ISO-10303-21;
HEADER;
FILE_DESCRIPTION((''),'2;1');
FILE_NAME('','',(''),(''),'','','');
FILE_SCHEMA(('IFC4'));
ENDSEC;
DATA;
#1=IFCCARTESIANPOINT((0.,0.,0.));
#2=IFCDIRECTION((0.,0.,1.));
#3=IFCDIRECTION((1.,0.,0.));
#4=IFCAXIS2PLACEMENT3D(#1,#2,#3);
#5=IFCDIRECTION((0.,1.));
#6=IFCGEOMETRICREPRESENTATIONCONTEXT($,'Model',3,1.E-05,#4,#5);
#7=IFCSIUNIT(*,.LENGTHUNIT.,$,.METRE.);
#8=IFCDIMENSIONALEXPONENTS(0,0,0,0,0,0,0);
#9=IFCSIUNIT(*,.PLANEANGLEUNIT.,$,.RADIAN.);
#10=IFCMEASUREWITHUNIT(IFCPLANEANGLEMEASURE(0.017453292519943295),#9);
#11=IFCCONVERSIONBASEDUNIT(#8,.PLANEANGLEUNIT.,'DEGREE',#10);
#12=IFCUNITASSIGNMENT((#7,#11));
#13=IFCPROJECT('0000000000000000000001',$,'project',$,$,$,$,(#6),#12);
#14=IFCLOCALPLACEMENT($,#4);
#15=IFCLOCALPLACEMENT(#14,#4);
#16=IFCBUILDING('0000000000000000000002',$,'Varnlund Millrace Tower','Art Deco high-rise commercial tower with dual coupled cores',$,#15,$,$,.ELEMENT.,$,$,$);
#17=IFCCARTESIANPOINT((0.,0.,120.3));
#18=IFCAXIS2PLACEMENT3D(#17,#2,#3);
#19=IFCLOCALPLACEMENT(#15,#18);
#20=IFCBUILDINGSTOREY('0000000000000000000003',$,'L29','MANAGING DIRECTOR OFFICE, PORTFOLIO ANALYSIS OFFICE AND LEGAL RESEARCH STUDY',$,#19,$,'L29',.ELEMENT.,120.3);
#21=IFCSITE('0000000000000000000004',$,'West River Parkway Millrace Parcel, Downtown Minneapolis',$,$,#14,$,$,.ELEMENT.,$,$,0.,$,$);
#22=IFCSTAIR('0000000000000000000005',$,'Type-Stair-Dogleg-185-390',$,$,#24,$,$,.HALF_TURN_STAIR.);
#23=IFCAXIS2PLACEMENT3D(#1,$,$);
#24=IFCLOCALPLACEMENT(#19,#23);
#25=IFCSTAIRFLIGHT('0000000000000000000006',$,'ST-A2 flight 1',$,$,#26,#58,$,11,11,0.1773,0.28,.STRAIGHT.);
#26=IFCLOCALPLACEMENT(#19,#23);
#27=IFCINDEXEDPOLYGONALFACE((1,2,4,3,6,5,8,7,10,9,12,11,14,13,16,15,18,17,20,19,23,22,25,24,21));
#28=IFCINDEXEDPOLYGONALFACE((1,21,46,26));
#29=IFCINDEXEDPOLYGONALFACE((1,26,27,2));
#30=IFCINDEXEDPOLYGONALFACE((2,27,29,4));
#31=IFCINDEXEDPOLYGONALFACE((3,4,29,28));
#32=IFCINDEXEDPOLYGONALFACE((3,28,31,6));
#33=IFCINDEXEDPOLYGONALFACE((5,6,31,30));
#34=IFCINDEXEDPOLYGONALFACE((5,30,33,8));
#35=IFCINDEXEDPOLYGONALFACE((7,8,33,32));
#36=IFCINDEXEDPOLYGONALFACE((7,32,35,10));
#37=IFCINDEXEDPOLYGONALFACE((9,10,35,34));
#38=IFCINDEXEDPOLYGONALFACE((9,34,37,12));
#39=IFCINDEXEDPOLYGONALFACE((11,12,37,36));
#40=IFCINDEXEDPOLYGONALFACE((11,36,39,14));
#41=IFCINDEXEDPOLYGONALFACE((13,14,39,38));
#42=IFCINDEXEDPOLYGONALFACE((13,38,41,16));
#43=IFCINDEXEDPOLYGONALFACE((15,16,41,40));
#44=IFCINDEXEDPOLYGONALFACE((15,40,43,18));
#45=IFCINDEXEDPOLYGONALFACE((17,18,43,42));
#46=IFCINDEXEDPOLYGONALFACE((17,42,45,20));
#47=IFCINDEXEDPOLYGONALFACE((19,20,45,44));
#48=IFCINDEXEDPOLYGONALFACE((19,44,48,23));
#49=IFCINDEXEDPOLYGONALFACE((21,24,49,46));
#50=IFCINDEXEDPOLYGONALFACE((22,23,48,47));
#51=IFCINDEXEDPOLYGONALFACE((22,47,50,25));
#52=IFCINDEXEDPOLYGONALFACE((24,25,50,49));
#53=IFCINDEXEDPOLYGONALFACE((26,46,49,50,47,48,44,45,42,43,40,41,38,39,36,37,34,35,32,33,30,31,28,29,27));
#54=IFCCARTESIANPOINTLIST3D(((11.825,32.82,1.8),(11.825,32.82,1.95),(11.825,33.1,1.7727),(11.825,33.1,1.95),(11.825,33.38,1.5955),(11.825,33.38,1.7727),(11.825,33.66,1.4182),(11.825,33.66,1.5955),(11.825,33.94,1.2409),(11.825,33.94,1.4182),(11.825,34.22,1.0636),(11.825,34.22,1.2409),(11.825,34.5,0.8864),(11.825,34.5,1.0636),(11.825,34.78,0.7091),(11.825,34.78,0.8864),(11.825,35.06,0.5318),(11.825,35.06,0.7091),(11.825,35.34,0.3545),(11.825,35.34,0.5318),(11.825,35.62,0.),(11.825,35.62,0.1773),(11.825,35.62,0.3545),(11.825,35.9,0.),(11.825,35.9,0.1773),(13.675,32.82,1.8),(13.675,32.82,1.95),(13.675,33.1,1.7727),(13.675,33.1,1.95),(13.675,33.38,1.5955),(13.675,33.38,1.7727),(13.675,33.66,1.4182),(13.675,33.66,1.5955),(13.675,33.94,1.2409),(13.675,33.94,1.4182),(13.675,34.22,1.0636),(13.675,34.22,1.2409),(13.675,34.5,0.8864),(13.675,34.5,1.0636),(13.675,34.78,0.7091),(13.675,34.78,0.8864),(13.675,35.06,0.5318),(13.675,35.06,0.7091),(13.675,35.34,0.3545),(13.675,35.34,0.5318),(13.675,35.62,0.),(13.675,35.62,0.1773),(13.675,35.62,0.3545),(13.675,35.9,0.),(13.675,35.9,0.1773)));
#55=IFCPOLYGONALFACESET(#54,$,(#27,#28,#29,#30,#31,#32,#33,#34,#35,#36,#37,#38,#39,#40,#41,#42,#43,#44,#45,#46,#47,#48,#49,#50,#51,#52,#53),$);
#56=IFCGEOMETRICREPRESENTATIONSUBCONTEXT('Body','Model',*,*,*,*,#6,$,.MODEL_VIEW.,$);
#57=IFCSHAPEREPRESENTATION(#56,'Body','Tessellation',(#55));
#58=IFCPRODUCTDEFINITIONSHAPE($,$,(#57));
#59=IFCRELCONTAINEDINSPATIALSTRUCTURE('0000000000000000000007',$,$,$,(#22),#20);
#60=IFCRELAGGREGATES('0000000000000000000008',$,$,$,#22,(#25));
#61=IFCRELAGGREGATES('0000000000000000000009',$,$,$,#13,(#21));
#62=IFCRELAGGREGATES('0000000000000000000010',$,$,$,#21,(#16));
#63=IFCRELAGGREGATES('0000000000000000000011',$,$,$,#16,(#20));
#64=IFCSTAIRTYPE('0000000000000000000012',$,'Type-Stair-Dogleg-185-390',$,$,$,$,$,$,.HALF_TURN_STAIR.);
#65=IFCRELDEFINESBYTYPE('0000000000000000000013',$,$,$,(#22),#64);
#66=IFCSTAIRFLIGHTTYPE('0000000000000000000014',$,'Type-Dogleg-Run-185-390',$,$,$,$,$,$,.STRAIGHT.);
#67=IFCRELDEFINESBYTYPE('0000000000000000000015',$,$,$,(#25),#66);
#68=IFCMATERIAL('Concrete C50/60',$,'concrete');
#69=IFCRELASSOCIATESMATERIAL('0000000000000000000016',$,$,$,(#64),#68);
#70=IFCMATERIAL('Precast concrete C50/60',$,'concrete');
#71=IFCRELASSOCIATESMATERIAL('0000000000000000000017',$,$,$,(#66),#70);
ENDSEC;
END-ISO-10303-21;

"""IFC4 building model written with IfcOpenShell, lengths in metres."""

from ifc_helpers import new_model, entity, si_unit, converted_unit, direction, frame, origin_with_axes, place, context, subcontext, project, spatial, polyline, outline, extrude, material, type_object, element, aggregate, save


model = new_model("IFC4")

# Units and contexts
model_context = context("Model", 3, precision=1e-05, world=origin_with_axes(), true_north=direction((0.0, 1.0)))
body_context = subcontext(model_context, "Body", "Model", "MODEL_VIEW")
ifc_project = project(units=[si_unit("LENGTHUNIT", "METRE"), converted_unit("PLANEANGLEUNIT", "DEGREE", entity("IfcPlaneAngleMeasure", 0.017453292519943295), si_unit("PLANEANGLEUNIT", "RADIAN"), dimensions=[0, 0, 0, 0, 0, 0, 0])], contexts=[model_context])

# Site, building, storey
site_placement = place(None, origin_with_axes())
site = spatial("IfcSite", under=ifc_project, at=site_placement, Name="West River Parkway Millrace Parcel, Downtown Minneapolis", CompositionType="ELEMENT", RefElevation=0.0)
building_placement = place(site_placement, origin_with_axes())
building = spatial("IfcBuilding", under=site, at=building_placement, Name="Varnlund Millrace Tower", Description="Art Deco high-rise commercial tower with dual coupled cores", CompositionType="ELEMENT")
storey_placement = place(building_placement, frame((0.0, 0.0, 120.3), z_axis=(0.0, 0.0, 1.0), x_axis=(1.0, 0.0, 0.0)))
storey = spatial("IfcBuildingStorey", under=building, at=storey_placement, Name="L29", Description="MANAGING DIRECTOR OFFICE, PORTFOLIO ANALYSIS OFFICE AND LEGAL RESEARCH STUDY", LongName="L29", CompositionType="ELEMENT", Elevation=120.3)

# Stair, stair flight
ifc_material_1 = material(Name="Concrete C50/60", Category="concrete")
stair_type = type_object("IfcStairType", Name="Type-Stair-Dogleg-185-390", PredefinedType="HALF_TURN_STAIR", material=ifc_material_1)
ifc_material_2 = material(Name="Precast concrete C50/60", Category="concrete")
stair_flight_type = type_object("IfcStairFlightType", Name="Type-Dogleg-Run-185-390", PredefinedType="STRAIGHT", material=ifc_material_2)
stair_1_placement = place(storey_placement, origin_with_axes())
stair_1 = element("IfcStair", 1, at=stair_1_placement, inside=storey, type_object=stair_type, Name="Type-Stair-Dogleg-185-390", PredefinedType="HALF_TURN_STAIR")
stair_flight_1_placement = place(storey_placement, frame((13.675, 35.9, 0.0), z_axis=(-1.0, 0.0, 0.0), x_axis=(0.0, -1.0, 0.0)))
stair_flight_1 = element("IfcStairFlight", 2, at=stair_flight_1_placement, type_object=stair_flight_type, Name="ST-A2 flight 1", NumberOfRisers=11, NumberOfTreads=11, PredefinedType="STRAIGHT", RiserHeight=0.1773, TreadLength=0.28, context=body_context, shape_type="SweptSolid", body=[
    extrude(outline(polyline([(0.0, 0.0), (0.0, 0.1773), (0.28, 0.1773), (0.28, 0.3545), (0.56, 0.3545), (0.56, 0.5318), (0.84, 0.5318), (0.84, 0.7091), (1.12, 0.7091), (1.12, 0.8864), (1.4, 0.8864), (1.4, 1.0636), (1.68, 1.0636), (1.68, 1.2409), (1.96, 1.2409), (1.96, 1.4182), (2.24, 1.4182), (2.24, 1.5955), (2.52, 1.5955), (2.52, 1.7727), (2.8, 1.7727), (2.8, 1.95), (3.08, 1.95), (3.08, 1.8), (0.28, 0.0), (0.0, 0.0)])), origin_with_axes(), (0.0, 0.0, 1.0), 1.85),
])
aggregate(stair_1, [stair_flight_1])

save(model, "model.ifc")
